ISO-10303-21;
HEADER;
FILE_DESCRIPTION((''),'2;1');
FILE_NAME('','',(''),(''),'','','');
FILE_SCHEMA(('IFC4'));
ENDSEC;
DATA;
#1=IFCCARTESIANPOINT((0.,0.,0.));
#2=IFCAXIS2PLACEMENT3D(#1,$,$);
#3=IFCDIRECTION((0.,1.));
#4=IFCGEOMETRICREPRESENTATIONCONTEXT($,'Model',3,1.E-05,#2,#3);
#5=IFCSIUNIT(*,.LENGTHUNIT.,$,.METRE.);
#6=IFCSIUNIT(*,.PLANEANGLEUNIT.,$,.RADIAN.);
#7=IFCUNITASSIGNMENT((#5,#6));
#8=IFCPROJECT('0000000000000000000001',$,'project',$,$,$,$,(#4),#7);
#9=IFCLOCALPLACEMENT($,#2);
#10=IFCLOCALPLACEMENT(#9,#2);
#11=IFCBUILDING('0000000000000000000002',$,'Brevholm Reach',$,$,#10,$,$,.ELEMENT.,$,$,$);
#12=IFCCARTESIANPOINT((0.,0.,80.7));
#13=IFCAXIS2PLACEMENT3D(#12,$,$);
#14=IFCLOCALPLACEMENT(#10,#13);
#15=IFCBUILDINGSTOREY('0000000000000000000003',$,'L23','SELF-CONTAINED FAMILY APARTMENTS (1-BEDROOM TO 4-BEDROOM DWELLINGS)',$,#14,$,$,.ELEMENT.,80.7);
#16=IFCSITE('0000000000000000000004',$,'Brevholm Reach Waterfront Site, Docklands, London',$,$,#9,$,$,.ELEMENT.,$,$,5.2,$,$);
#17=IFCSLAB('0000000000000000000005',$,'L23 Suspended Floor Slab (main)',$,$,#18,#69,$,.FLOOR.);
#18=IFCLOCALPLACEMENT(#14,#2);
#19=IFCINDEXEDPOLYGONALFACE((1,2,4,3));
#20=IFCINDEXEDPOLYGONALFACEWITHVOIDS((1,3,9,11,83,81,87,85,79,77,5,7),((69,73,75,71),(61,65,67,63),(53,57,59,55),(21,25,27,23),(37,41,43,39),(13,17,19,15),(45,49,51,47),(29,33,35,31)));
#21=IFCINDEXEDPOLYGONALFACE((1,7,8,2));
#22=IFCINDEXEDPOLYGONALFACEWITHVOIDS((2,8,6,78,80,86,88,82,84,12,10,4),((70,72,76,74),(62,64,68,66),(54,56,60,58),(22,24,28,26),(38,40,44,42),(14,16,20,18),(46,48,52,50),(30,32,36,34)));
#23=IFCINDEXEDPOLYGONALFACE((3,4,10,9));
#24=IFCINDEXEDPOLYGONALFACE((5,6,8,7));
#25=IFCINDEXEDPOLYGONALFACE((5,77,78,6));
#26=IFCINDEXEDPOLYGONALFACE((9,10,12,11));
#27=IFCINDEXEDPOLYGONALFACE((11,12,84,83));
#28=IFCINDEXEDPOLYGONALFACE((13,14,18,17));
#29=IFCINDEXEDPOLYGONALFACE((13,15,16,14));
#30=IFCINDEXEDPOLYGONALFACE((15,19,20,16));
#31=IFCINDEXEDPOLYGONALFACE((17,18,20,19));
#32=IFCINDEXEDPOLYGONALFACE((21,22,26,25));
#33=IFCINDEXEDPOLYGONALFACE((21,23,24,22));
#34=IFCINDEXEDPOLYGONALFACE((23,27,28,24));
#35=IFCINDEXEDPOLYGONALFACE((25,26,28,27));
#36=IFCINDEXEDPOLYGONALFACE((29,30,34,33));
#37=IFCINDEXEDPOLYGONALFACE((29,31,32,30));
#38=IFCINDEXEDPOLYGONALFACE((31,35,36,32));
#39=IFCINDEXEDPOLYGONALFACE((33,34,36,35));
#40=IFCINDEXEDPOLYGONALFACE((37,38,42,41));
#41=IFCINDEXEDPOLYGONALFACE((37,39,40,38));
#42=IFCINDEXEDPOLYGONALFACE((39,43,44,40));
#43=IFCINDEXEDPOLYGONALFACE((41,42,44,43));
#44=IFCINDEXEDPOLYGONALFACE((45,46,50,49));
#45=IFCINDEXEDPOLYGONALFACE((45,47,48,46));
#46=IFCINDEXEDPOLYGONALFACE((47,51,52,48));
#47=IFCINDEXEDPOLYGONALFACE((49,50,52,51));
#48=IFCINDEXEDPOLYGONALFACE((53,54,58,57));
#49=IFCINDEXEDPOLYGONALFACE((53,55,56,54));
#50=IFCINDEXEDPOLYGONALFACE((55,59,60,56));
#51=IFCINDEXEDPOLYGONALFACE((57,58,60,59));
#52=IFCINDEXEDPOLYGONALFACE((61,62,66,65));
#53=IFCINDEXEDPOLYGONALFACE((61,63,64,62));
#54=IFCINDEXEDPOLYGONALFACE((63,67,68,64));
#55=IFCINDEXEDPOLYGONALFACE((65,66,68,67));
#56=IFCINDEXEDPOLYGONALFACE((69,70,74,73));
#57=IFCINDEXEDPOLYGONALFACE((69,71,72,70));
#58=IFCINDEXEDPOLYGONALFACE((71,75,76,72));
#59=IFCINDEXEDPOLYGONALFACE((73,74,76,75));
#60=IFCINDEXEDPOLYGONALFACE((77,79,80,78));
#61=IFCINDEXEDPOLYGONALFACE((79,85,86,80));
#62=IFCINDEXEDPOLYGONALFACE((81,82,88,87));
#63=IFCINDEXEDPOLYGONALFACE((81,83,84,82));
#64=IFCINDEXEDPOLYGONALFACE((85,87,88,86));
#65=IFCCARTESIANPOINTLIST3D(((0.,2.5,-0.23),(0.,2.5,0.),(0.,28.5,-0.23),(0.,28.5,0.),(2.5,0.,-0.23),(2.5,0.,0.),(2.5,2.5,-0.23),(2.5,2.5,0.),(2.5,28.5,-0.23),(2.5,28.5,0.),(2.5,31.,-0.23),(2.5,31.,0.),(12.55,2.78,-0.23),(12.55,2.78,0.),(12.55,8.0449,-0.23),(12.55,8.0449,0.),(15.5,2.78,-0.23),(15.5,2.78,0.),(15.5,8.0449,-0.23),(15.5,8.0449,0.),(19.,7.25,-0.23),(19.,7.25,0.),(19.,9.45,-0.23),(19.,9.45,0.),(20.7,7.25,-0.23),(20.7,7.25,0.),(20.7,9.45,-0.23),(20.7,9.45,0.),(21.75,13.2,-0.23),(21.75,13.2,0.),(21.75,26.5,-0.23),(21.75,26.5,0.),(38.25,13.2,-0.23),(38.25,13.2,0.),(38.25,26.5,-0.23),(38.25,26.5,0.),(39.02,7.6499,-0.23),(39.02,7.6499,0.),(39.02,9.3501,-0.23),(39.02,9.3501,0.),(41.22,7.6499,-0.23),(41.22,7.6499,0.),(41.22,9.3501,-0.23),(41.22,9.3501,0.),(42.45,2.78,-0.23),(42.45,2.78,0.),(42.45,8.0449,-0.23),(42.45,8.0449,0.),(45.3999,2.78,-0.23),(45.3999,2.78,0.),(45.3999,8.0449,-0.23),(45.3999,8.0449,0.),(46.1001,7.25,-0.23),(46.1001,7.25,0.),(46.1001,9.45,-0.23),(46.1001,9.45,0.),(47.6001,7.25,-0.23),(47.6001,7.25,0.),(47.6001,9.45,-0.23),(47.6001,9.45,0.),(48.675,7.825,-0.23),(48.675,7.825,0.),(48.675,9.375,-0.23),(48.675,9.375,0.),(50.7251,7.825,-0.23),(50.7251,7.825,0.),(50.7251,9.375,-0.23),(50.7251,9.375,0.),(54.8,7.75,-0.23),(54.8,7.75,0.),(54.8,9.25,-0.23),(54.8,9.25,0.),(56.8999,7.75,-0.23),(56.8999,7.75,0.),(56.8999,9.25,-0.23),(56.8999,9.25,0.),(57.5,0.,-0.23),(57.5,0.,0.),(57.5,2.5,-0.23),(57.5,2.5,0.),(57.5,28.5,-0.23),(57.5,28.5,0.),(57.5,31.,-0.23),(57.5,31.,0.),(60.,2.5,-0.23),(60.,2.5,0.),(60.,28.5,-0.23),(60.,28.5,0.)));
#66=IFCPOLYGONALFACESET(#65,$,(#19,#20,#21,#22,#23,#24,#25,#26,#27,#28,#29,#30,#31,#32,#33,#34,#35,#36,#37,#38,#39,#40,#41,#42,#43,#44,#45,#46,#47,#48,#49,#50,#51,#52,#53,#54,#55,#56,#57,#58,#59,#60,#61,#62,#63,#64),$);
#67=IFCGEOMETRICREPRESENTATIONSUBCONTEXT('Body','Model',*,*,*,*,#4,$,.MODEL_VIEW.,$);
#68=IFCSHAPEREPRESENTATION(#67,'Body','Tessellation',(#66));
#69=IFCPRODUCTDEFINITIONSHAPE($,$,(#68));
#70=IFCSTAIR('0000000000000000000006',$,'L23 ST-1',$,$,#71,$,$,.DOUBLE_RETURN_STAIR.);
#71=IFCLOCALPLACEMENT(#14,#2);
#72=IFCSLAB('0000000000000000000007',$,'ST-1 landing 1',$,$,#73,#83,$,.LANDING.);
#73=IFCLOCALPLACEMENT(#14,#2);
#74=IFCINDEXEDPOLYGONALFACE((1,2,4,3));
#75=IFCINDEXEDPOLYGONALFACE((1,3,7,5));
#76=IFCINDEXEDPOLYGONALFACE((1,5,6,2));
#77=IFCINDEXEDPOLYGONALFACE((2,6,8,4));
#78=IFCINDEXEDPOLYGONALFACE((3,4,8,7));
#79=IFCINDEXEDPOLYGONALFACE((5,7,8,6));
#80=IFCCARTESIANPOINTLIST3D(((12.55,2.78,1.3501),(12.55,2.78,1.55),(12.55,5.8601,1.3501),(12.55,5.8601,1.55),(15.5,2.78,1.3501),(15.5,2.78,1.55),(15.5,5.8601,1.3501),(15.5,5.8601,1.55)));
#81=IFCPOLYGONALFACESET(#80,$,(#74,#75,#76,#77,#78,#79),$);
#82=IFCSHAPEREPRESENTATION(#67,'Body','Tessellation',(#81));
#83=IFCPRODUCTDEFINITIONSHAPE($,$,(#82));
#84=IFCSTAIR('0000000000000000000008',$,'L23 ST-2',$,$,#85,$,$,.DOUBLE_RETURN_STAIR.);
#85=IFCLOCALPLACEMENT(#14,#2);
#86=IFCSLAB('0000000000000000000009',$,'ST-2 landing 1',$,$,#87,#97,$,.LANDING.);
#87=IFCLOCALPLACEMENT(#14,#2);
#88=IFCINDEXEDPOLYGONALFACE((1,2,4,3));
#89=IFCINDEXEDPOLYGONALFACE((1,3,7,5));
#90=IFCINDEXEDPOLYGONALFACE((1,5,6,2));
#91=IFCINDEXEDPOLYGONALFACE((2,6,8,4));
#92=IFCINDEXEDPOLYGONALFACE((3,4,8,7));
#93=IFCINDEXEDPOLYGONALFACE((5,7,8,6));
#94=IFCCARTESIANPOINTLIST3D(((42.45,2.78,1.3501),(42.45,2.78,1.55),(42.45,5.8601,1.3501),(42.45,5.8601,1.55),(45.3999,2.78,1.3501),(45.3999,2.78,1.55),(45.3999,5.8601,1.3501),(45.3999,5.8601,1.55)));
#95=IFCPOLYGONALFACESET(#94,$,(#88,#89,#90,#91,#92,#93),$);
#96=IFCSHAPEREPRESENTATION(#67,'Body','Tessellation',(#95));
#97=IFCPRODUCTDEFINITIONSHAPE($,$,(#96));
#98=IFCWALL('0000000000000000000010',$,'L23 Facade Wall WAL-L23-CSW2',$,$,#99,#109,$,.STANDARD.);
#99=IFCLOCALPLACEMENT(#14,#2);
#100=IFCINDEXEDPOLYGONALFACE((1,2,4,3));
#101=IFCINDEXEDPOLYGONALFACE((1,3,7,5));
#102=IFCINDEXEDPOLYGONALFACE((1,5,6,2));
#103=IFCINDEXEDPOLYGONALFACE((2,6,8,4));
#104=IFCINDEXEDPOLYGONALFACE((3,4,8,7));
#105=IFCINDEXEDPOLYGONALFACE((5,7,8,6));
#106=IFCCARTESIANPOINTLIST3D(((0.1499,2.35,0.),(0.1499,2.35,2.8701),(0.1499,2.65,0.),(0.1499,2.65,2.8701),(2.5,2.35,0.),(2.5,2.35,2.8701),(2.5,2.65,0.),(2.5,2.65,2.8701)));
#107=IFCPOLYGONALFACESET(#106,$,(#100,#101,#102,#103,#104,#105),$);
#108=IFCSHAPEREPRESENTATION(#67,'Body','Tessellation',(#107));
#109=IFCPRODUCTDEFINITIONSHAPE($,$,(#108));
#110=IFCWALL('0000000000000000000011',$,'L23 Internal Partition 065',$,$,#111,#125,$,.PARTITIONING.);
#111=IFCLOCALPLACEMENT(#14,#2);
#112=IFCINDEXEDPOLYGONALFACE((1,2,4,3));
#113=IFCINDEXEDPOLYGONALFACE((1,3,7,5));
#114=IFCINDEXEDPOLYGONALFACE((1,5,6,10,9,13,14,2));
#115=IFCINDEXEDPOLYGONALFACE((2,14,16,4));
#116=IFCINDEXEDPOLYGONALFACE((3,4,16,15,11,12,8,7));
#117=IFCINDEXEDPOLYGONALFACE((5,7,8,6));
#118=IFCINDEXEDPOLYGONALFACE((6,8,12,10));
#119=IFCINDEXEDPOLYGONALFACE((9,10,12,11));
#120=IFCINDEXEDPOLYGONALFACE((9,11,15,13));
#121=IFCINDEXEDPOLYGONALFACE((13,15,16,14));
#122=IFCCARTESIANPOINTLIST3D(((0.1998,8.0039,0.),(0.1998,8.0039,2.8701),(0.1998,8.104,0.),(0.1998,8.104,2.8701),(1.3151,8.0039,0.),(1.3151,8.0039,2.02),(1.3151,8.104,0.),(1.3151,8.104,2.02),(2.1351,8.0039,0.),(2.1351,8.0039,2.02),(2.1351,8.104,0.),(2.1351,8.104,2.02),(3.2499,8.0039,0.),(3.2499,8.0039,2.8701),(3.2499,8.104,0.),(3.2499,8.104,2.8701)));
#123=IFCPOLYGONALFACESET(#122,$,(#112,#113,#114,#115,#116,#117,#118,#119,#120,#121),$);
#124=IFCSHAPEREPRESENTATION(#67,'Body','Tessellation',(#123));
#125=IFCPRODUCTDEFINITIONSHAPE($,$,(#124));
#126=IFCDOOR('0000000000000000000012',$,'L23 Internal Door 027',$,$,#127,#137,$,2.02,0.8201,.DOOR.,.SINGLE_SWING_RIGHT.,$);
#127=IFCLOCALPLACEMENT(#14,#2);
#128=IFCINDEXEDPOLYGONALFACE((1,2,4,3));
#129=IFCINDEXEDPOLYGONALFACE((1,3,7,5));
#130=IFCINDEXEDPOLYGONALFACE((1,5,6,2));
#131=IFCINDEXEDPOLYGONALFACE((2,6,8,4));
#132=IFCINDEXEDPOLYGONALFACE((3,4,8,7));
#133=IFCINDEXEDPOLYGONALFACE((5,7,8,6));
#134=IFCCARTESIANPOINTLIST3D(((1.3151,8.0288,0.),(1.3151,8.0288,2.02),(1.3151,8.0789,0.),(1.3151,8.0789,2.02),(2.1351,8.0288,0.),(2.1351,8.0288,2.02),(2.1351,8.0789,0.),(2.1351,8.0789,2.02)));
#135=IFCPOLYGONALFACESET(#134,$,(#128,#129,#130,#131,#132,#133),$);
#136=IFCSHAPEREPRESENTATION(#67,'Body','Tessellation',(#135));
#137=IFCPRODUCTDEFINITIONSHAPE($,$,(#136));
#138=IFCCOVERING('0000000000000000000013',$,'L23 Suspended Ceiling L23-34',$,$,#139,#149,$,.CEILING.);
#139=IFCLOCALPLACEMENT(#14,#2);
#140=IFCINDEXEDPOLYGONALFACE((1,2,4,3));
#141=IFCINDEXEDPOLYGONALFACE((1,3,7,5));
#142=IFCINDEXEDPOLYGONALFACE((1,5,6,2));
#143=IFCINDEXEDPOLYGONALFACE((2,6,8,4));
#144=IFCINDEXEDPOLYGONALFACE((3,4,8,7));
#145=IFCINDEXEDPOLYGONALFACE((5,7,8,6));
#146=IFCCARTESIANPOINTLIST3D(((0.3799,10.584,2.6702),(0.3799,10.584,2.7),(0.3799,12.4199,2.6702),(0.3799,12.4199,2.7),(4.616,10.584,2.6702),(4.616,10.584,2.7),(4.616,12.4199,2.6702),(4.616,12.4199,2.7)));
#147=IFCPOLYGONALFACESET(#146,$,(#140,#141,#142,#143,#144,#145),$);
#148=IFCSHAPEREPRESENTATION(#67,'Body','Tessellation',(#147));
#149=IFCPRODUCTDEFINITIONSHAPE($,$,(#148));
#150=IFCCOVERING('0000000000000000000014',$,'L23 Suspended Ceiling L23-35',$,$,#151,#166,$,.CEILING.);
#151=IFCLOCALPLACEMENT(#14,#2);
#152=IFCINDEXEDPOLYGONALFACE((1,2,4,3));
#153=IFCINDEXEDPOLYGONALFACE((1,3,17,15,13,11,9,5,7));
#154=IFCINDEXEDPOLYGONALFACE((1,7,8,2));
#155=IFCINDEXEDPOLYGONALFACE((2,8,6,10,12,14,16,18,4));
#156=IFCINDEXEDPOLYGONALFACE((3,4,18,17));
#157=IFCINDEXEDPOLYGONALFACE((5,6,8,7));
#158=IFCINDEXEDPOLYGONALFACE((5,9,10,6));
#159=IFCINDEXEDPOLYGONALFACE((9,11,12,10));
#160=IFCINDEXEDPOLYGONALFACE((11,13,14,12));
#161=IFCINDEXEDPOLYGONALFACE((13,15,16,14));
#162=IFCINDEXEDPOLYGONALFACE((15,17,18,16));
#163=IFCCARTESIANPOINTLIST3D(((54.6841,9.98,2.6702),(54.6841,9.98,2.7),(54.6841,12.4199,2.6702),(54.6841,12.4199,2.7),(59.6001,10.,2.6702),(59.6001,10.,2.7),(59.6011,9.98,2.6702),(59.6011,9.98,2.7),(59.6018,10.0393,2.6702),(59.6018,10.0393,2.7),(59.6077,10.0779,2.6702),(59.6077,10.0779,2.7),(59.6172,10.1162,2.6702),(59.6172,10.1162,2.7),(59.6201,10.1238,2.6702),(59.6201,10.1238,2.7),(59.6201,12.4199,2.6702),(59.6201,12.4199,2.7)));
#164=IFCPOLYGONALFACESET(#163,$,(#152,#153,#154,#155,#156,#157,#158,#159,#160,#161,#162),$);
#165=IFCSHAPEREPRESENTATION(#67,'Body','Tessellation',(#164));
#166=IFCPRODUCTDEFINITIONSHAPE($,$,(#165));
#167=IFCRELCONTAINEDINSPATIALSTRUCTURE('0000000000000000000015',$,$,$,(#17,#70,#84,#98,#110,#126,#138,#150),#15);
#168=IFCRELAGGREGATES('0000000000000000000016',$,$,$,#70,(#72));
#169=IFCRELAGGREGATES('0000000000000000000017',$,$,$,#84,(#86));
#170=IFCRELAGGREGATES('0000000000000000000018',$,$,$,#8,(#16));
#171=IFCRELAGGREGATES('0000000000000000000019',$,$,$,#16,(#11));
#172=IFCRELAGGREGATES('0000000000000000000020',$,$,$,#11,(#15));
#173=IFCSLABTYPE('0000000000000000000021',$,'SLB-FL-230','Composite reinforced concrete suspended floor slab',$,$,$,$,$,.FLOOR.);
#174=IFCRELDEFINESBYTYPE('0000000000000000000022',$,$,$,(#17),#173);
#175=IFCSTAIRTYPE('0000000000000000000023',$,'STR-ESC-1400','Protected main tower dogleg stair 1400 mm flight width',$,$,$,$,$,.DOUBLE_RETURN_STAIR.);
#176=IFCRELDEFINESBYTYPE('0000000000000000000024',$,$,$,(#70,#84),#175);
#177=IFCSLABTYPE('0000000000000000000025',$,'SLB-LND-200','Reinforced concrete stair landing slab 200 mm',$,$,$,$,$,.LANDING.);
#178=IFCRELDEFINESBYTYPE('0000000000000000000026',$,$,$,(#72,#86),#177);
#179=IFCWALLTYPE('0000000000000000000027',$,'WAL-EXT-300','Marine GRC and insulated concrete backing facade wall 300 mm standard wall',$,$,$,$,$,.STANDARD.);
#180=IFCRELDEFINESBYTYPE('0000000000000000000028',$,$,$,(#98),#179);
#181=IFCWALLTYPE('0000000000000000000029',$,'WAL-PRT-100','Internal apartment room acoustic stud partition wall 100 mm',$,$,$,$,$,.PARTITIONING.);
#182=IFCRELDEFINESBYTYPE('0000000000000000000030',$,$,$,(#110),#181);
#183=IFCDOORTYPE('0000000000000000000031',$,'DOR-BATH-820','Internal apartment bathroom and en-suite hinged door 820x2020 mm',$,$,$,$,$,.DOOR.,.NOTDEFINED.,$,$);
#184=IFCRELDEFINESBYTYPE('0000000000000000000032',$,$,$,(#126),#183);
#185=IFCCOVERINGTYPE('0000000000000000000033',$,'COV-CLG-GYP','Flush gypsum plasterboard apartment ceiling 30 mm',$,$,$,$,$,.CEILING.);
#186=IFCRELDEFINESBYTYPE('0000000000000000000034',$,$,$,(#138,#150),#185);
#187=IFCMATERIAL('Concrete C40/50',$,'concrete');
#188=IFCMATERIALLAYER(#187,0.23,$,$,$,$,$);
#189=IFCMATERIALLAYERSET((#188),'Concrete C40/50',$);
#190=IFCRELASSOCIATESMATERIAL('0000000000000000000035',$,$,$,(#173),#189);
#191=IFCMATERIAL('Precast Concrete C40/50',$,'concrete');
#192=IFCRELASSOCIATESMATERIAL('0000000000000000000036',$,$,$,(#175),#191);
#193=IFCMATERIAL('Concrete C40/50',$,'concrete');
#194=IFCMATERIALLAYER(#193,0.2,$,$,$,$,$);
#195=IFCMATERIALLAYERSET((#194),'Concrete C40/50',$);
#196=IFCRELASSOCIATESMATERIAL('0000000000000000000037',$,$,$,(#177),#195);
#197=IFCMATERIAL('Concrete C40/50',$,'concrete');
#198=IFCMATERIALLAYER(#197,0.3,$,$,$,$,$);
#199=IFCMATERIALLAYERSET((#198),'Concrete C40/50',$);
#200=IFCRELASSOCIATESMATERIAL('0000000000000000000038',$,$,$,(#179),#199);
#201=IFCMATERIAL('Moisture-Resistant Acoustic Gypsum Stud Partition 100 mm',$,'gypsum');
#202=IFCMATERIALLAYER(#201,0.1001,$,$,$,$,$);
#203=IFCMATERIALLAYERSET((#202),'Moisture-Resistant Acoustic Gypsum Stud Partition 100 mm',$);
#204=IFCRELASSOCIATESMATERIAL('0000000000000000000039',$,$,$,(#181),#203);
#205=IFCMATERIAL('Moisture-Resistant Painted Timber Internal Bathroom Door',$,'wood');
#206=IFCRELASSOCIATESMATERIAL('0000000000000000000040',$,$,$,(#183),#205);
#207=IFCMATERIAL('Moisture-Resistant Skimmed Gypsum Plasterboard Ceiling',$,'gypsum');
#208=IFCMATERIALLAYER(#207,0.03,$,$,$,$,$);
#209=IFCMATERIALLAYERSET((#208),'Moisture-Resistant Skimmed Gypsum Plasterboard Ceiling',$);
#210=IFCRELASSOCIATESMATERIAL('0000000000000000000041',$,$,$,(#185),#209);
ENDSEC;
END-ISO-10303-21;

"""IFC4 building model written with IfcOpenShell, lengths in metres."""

from ifc_helpers import new_model, si_unit, direction, frame, frame_2d, origin, place, context, subcontext, project, spatial, polyline, rectangle, outline, extrude, material, layer, layer_set, type_object, element, fill, aggregate, save


model = new_model("IFC4")

# Units and contexts
model_context = context("Model", 3, precision=1e-05, world=origin(), true_north=direction((0.0, 1.0)))
body_context = subcontext(model_context, "Body", "Model", "MODEL_VIEW")
ifc_project = project(units=[si_unit("LENGTHUNIT", "METRE"), si_unit("PLANEANGLEUNIT", "RADIAN")], contexts=[model_context])

# Site, building, storey
site_placement = place(None, origin())
site = spatial("IfcSite", under=ifc_project, at=site_placement, Name="Brevholm Reach Waterfront Site, Docklands, London", CompositionType="ELEMENT", RefElevation=5.2)
building_placement = place(site_placement, origin())
building = spatial("IfcBuilding", under=site, at=building_placement, Name="Brevholm Reach", CompositionType="ELEMENT")
storey_placement = place(building_placement, frame((0.0, 0.0, 80.7)))
storey = spatial("IfcBuildingStorey", under=building, at=storey_placement, Name="L23", Description="SELF-CONTAINED FAMILY APARTMENTS (1-BEDROOM TO 4-BEDROOM DWELLINGS)", CompositionType="ELEMENT", Elevation=80.7)

# Slab
ifc_material_1 = material(Name="Concrete C40/50", Category="concrete")
ifc_layer_1 = layer(ifc_material_1, 0.23)
ifc_layer_set_1 = layer_set([ifc_layer_1], Name="Concrete C40/50")
slab_type_1 = type_object("IfcSlabType", Name="SLB-FL-230", Description="Composite reinforced concrete suspended floor slab", PredefinedType="FLOOR", material=ifc_layer_set_1)
slab_1_placement = place(storey_placement, frame((0.0, 0.0, -0.23)))
element("IfcSlab", 1, at=slab_1_placement, inside=storey, type_object=slab_type_1, Name="L23 Suspended Floor Slab (main)", PredefinedType="FLOOR", context=body_context, shape_type="SweptSolid", body=[
    extrude(outline(polyline([(2.5, 0.0), (57.5, 0.0), (57.5, 2.5), (60.0, 2.5), (60.0, 28.5), (57.5, 28.5), (57.5, 31.0), (2.5, 31.0), (2.5, 28.5), (0.0, 28.5), (0.0, 2.5), (2.5, 2.5), (2.5, 0.0)]), holes=[polyline([(21.75, 13.2), (38.25, 13.2), (38.25, 26.5), (21.75, 26.5), (21.75, 13.2)]), polyline([(12.55, 2.78), (15.5, 2.78), (15.5, 8.0449), (12.55, 8.0449), (12.55, 2.78)]), polyline([(42.45, 2.78), (45.3999, 2.78), (45.3999, 8.0449), (42.45, 8.0449), (42.45, 2.78)]), polyline([(19.0, 7.25), (20.7, 7.25), (20.7, 9.45), (19.0, 9.45), (19.0, 7.25)]), polyline([(46.1001, 7.25), (47.6001, 7.25), (47.6001, 9.45), (46.1001, 9.45), (46.1001, 7.25)]), polyline([(48.675, 7.825), (50.7251, 7.825), (50.7251, 9.375), (48.675, 9.375), (48.675, 7.825)]), polyline([(54.8, 7.75), (56.8999, 7.75), (56.8999, 9.25), (54.8, 9.25), (54.8, 7.75)]), polyline([(39.02, 7.6499), (41.22, 7.6499), (41.22, 9.3501), (39.02, 9.3501), (39.02, 7.6499)])]), origin(), (0.0, 0.0, 1.0), 0.23),
])

# Stairs, slabs
ifc_material_2 = material(Name="Precast Concrete C40/50", Category="concrete")
stair_type = type_object("IfcStairType", Name="STR-ESC-1400", Description="Protected main tower dogleg stair 1400 mm flight width", PredefinedType="DOUBLE_RETURN_STAIR", material=ifc_material_2)
stair_1_placement = place(storey_placement, origin())
stair_1 = element("IfcStair", 2, at=stair_1_placement, inside=storey, type_object=stair_type, Name="L23 ST-1", PredefinedType="DOUBLE_RETURN_STAIR")
ifc_material_3 = material(Name="Concrete C40/50", Category="concrete")
ifc_layer_2 = layer(ifc_material_3, 0.2)
ifc_layer_set_2 = layer_set([ifc_layer_2], Name="Concrete C40/50")
slab_type_2 = type_object("IfcSlabType", Name="SLB-LND-200", Description="Reinforced concrete stair landing slab 200 mm", PredefinedType="LANDING", material=ifc_layer_set_2)
slab_2_placement = place(storey_placement, frame((0.0, 0.0, 1.3501)))
slab_2 = element("IfcSlab", 3, at=slab_2_placement, type_object=slab_type_2, Name="ST-1 landing 1", PredefinedType="LANDING", context=body_context, shape_type="SweptSolid", body=[
    extrude(outline(polyline([(12.55, 5.8601), (12.55, 2.78), (15.5, 2.78), (15.5, 5.8601), (12.55, 5.8601)])), origin(), (0.0, 0.0, 1.0), 0.2),
])
aggregate(stair_1, [slab_2])
stair_2_placement = place(storey_placement, origin())
stair_2 = element("IfcStair", 4, at=stair_2_placement, inside=storey, type_object=stair_type, Name="L23 ST-2", PredefinedType="DOUBLE_RETURN_STAIR")
slab_3_placement = place(storey_placement, frame((0.0, 0.0, 1.3501)))
slab_3 = element("IfcSlab", 5, at=slab_3_placement, type_object=slab_type_2, Name="ST-2 landing 1", PredefinedType="LANDING", context=body_context, shape_type="SweptSolid", body=[
    extrude(outline(polyline([(42.45, 5.8601), (42.45, 2.78), (45.3999, 2.78), (45.3999, 5.8601), (42.45, 5.8601)])), origin(), (0.0, 0.0, 1.0), 0.2),
])
aggregate(stair_2, [slab_3])

# Wall
ifc_material_4 = material(Name="Concrete C40/50", Category="concrete")
ifc_layer_3 = layer(ifc_material_4, 0.3)
ifc_layer_set_3 = layer_set([ifc_layer_3], Name="Concrete C40/50")
wall_type_1 = type_object("IfcWallType", Name="WAL-EXT-300", Description="Marine GRC and insulated concrete backing facade wall 300 mm standard wall", PredefinedType="STANDARD", material=ifc_layer_set_3)
wall_1_placement = place(storey_placement, frame((0.1499, 2.5, 0.0), z_axis=(0.0, 0.0, 1.0), x_axis=(1.0, 0.0, 0.0)))
element("IfcWall", 6, at=wall_1_placement, inside=storey, type_object=wall_type_1, Name="L23 Facade Wall WAL-L23-CSW2", PredefinedType="STANDARD", context=body_context, shape_type="SweptSolid", body=[
    extrude(rectangle(XDim=2.3501, YDim=0.3, at=frame_2d((1.175, 0.0))), origin(), (0.0, 0.0, 1.0), 2.8701),
])

# Wall, opening, door
ifc_material_5 = material(Name="Moisture-Resistant Acoustic Gypsum Stud Partition 100 mm", Category="gypsum")
ifc_layer_4 = layer(ifc_material_5, 0.1001)
ifc_layer_set_4 = layer_set([ifc_layer_4], Name="Moisture-Resistant Acoustic Gypsum Stud Partition 100 mm")
wall_type_2 = type_object("IfcWallType", Name="WAL-PRT-100", Description="Internal apartment room acoustic stud partition wall 100 mm", PredefinedType="PARTITIONING", material=ifc_layer_set_4)
wall_2_placement = place(storey_placement, frame((0.2, 8.054, 0.0), z_axis=(0.0, 0.0, 1.0), x_axis=(1.0, 0.0, 0.0)))
wall_2 = element("IfcWall", 7, at=wall_2_placement, inside=storey, type_object=wall_type_2, Name="L23 Internal Partition 065", PredefinedType="PARTITIONING", context=body_context, shape_type="SweptSolid", body=[
    extrude(rectangle(XDim=3.05, YDim=0.1001, at=frame_2d((1.5249, 0.0))), origin(), (0.0, 0.0, 1.0), 2.8701),
])
opening_placement = place(wall_2_placement, frame((1.115, 0.0, 0.0)))
opening = element("IfcOpeningElement", 8, at=opening_placement, cuts=wall_2, PredefinedType="OPENING", context=body_context, shape_type="SweptSolid", body=[
    extrude(rectangle(XDim=0.8201, YDim=2.02, at=frame_2d((0.4102, 1.01))), frame((0.0, 0.0601, 0.0), z_axis=(0.0, -1.0, 0.0), x_axis=(1.0, 0.0, 0.0)), (0.0, 0.0, 1.0), 0.1201),
])
ifc_material_6 = material(Name="Moisture-Resistant Painted Timber Internal Bathroom Door", Category="wood")
door_type = type_object("IfcDoorType", Name="DOR-BATH-820", Description="Internal apartment bathroom and en-suite hinged door 820x2020 mm", OperationType="NOTDEFINED", PredefinedType="DOOR", material=ifc_material_6)
door_placement = place(opening_placement, origin())
door = element("IfcDoor", 9, at=door_placement, inside=storey, type_object=door_type, Name="L23 Internal Door 027", OperationType="SINGLE_SWING_RIGHT", OverallHeight=2.02, OverallWidth=0.8201, PredefinedType="DOOR", context=body_context, shape_type="SweptSolid", body=[
    extrude(rectangle(XDim=0.8201, YDim=2.02, at=frame_2d((0.4102, 1.01))), frame((0.0, 0.0249, 0.0), z_axis=(0.0, -1.0, 0.0), x_axis=(1.0, 0.0, 0.0)), (0.0, 0.0, 1.0), 0.05),
])
fill(opening, door)

# Coverings
ifc_material_7 = material(Name="Moisture-Resistant Skimmed Gypsum Plasterboard Ceiling", Category="gypsum")
ifc_layer_5 = layer(ifc_material_7, 0.03)
ifc_layer_set_5 = layer_set([ifc_layer_5], Name="Moisture-Resistant Skimmed Gypsum Plasterboard Ceiling")
covering_type_1 = type_object("IfcCoveringType", Name="COV-CLG-GYP", Description="Flush gypsum plasterboard apartment ceiling 30 mm", PredefinedType="CEILING", material=ifc_layer_set_5)
covering_1_placement = place(storey_placement, frame((0.0, 0.0, 2.6702)))
element("IfcCovering", 10, at=covering_1_placement, inside=storey, type_object=covering_type_1, Name="L23 Suspended Ceiling L23-34", PredefinedType="CEILING", context=body_context, shape_type="SweptSolid", body=[
    extrude(outline(polyline([(0.3799, 12.4199), (4.616, 12.4199), (4.616, 10.584), (0.3799, 10.584), (0.3799, 12.4199)])), origin(), (0.0, 0.0, 1.0), 0.0298),
])
covering_2_placement = place(storey_placement, frame((0.0, 0.0, 2.6702)))
element("IfcCovering", 11, at=covering_2_placement, inside=storey, type_object=covering_type_1, Name="L23 Suspended Ceiling L23-35", PredefinedType="CEILING", context=body_context, shape_type="SweptSolid", body=[
    extrude(outline(polyline([(59.6201, 12.4199), (59.6201, 10.1238), (59.6172, 10.1162), (59.6077, 10.0779), (59.6018, 10.0393), (59.6001, 10.0), (59.6011, 9.98), (54.6841, 9.98), (54.6841, 12.4199), (59.6201, 12.4199)])), origin(), (0.0, 0.0, 1.0), 0.0298),
])

save(model, "model.ifc")
